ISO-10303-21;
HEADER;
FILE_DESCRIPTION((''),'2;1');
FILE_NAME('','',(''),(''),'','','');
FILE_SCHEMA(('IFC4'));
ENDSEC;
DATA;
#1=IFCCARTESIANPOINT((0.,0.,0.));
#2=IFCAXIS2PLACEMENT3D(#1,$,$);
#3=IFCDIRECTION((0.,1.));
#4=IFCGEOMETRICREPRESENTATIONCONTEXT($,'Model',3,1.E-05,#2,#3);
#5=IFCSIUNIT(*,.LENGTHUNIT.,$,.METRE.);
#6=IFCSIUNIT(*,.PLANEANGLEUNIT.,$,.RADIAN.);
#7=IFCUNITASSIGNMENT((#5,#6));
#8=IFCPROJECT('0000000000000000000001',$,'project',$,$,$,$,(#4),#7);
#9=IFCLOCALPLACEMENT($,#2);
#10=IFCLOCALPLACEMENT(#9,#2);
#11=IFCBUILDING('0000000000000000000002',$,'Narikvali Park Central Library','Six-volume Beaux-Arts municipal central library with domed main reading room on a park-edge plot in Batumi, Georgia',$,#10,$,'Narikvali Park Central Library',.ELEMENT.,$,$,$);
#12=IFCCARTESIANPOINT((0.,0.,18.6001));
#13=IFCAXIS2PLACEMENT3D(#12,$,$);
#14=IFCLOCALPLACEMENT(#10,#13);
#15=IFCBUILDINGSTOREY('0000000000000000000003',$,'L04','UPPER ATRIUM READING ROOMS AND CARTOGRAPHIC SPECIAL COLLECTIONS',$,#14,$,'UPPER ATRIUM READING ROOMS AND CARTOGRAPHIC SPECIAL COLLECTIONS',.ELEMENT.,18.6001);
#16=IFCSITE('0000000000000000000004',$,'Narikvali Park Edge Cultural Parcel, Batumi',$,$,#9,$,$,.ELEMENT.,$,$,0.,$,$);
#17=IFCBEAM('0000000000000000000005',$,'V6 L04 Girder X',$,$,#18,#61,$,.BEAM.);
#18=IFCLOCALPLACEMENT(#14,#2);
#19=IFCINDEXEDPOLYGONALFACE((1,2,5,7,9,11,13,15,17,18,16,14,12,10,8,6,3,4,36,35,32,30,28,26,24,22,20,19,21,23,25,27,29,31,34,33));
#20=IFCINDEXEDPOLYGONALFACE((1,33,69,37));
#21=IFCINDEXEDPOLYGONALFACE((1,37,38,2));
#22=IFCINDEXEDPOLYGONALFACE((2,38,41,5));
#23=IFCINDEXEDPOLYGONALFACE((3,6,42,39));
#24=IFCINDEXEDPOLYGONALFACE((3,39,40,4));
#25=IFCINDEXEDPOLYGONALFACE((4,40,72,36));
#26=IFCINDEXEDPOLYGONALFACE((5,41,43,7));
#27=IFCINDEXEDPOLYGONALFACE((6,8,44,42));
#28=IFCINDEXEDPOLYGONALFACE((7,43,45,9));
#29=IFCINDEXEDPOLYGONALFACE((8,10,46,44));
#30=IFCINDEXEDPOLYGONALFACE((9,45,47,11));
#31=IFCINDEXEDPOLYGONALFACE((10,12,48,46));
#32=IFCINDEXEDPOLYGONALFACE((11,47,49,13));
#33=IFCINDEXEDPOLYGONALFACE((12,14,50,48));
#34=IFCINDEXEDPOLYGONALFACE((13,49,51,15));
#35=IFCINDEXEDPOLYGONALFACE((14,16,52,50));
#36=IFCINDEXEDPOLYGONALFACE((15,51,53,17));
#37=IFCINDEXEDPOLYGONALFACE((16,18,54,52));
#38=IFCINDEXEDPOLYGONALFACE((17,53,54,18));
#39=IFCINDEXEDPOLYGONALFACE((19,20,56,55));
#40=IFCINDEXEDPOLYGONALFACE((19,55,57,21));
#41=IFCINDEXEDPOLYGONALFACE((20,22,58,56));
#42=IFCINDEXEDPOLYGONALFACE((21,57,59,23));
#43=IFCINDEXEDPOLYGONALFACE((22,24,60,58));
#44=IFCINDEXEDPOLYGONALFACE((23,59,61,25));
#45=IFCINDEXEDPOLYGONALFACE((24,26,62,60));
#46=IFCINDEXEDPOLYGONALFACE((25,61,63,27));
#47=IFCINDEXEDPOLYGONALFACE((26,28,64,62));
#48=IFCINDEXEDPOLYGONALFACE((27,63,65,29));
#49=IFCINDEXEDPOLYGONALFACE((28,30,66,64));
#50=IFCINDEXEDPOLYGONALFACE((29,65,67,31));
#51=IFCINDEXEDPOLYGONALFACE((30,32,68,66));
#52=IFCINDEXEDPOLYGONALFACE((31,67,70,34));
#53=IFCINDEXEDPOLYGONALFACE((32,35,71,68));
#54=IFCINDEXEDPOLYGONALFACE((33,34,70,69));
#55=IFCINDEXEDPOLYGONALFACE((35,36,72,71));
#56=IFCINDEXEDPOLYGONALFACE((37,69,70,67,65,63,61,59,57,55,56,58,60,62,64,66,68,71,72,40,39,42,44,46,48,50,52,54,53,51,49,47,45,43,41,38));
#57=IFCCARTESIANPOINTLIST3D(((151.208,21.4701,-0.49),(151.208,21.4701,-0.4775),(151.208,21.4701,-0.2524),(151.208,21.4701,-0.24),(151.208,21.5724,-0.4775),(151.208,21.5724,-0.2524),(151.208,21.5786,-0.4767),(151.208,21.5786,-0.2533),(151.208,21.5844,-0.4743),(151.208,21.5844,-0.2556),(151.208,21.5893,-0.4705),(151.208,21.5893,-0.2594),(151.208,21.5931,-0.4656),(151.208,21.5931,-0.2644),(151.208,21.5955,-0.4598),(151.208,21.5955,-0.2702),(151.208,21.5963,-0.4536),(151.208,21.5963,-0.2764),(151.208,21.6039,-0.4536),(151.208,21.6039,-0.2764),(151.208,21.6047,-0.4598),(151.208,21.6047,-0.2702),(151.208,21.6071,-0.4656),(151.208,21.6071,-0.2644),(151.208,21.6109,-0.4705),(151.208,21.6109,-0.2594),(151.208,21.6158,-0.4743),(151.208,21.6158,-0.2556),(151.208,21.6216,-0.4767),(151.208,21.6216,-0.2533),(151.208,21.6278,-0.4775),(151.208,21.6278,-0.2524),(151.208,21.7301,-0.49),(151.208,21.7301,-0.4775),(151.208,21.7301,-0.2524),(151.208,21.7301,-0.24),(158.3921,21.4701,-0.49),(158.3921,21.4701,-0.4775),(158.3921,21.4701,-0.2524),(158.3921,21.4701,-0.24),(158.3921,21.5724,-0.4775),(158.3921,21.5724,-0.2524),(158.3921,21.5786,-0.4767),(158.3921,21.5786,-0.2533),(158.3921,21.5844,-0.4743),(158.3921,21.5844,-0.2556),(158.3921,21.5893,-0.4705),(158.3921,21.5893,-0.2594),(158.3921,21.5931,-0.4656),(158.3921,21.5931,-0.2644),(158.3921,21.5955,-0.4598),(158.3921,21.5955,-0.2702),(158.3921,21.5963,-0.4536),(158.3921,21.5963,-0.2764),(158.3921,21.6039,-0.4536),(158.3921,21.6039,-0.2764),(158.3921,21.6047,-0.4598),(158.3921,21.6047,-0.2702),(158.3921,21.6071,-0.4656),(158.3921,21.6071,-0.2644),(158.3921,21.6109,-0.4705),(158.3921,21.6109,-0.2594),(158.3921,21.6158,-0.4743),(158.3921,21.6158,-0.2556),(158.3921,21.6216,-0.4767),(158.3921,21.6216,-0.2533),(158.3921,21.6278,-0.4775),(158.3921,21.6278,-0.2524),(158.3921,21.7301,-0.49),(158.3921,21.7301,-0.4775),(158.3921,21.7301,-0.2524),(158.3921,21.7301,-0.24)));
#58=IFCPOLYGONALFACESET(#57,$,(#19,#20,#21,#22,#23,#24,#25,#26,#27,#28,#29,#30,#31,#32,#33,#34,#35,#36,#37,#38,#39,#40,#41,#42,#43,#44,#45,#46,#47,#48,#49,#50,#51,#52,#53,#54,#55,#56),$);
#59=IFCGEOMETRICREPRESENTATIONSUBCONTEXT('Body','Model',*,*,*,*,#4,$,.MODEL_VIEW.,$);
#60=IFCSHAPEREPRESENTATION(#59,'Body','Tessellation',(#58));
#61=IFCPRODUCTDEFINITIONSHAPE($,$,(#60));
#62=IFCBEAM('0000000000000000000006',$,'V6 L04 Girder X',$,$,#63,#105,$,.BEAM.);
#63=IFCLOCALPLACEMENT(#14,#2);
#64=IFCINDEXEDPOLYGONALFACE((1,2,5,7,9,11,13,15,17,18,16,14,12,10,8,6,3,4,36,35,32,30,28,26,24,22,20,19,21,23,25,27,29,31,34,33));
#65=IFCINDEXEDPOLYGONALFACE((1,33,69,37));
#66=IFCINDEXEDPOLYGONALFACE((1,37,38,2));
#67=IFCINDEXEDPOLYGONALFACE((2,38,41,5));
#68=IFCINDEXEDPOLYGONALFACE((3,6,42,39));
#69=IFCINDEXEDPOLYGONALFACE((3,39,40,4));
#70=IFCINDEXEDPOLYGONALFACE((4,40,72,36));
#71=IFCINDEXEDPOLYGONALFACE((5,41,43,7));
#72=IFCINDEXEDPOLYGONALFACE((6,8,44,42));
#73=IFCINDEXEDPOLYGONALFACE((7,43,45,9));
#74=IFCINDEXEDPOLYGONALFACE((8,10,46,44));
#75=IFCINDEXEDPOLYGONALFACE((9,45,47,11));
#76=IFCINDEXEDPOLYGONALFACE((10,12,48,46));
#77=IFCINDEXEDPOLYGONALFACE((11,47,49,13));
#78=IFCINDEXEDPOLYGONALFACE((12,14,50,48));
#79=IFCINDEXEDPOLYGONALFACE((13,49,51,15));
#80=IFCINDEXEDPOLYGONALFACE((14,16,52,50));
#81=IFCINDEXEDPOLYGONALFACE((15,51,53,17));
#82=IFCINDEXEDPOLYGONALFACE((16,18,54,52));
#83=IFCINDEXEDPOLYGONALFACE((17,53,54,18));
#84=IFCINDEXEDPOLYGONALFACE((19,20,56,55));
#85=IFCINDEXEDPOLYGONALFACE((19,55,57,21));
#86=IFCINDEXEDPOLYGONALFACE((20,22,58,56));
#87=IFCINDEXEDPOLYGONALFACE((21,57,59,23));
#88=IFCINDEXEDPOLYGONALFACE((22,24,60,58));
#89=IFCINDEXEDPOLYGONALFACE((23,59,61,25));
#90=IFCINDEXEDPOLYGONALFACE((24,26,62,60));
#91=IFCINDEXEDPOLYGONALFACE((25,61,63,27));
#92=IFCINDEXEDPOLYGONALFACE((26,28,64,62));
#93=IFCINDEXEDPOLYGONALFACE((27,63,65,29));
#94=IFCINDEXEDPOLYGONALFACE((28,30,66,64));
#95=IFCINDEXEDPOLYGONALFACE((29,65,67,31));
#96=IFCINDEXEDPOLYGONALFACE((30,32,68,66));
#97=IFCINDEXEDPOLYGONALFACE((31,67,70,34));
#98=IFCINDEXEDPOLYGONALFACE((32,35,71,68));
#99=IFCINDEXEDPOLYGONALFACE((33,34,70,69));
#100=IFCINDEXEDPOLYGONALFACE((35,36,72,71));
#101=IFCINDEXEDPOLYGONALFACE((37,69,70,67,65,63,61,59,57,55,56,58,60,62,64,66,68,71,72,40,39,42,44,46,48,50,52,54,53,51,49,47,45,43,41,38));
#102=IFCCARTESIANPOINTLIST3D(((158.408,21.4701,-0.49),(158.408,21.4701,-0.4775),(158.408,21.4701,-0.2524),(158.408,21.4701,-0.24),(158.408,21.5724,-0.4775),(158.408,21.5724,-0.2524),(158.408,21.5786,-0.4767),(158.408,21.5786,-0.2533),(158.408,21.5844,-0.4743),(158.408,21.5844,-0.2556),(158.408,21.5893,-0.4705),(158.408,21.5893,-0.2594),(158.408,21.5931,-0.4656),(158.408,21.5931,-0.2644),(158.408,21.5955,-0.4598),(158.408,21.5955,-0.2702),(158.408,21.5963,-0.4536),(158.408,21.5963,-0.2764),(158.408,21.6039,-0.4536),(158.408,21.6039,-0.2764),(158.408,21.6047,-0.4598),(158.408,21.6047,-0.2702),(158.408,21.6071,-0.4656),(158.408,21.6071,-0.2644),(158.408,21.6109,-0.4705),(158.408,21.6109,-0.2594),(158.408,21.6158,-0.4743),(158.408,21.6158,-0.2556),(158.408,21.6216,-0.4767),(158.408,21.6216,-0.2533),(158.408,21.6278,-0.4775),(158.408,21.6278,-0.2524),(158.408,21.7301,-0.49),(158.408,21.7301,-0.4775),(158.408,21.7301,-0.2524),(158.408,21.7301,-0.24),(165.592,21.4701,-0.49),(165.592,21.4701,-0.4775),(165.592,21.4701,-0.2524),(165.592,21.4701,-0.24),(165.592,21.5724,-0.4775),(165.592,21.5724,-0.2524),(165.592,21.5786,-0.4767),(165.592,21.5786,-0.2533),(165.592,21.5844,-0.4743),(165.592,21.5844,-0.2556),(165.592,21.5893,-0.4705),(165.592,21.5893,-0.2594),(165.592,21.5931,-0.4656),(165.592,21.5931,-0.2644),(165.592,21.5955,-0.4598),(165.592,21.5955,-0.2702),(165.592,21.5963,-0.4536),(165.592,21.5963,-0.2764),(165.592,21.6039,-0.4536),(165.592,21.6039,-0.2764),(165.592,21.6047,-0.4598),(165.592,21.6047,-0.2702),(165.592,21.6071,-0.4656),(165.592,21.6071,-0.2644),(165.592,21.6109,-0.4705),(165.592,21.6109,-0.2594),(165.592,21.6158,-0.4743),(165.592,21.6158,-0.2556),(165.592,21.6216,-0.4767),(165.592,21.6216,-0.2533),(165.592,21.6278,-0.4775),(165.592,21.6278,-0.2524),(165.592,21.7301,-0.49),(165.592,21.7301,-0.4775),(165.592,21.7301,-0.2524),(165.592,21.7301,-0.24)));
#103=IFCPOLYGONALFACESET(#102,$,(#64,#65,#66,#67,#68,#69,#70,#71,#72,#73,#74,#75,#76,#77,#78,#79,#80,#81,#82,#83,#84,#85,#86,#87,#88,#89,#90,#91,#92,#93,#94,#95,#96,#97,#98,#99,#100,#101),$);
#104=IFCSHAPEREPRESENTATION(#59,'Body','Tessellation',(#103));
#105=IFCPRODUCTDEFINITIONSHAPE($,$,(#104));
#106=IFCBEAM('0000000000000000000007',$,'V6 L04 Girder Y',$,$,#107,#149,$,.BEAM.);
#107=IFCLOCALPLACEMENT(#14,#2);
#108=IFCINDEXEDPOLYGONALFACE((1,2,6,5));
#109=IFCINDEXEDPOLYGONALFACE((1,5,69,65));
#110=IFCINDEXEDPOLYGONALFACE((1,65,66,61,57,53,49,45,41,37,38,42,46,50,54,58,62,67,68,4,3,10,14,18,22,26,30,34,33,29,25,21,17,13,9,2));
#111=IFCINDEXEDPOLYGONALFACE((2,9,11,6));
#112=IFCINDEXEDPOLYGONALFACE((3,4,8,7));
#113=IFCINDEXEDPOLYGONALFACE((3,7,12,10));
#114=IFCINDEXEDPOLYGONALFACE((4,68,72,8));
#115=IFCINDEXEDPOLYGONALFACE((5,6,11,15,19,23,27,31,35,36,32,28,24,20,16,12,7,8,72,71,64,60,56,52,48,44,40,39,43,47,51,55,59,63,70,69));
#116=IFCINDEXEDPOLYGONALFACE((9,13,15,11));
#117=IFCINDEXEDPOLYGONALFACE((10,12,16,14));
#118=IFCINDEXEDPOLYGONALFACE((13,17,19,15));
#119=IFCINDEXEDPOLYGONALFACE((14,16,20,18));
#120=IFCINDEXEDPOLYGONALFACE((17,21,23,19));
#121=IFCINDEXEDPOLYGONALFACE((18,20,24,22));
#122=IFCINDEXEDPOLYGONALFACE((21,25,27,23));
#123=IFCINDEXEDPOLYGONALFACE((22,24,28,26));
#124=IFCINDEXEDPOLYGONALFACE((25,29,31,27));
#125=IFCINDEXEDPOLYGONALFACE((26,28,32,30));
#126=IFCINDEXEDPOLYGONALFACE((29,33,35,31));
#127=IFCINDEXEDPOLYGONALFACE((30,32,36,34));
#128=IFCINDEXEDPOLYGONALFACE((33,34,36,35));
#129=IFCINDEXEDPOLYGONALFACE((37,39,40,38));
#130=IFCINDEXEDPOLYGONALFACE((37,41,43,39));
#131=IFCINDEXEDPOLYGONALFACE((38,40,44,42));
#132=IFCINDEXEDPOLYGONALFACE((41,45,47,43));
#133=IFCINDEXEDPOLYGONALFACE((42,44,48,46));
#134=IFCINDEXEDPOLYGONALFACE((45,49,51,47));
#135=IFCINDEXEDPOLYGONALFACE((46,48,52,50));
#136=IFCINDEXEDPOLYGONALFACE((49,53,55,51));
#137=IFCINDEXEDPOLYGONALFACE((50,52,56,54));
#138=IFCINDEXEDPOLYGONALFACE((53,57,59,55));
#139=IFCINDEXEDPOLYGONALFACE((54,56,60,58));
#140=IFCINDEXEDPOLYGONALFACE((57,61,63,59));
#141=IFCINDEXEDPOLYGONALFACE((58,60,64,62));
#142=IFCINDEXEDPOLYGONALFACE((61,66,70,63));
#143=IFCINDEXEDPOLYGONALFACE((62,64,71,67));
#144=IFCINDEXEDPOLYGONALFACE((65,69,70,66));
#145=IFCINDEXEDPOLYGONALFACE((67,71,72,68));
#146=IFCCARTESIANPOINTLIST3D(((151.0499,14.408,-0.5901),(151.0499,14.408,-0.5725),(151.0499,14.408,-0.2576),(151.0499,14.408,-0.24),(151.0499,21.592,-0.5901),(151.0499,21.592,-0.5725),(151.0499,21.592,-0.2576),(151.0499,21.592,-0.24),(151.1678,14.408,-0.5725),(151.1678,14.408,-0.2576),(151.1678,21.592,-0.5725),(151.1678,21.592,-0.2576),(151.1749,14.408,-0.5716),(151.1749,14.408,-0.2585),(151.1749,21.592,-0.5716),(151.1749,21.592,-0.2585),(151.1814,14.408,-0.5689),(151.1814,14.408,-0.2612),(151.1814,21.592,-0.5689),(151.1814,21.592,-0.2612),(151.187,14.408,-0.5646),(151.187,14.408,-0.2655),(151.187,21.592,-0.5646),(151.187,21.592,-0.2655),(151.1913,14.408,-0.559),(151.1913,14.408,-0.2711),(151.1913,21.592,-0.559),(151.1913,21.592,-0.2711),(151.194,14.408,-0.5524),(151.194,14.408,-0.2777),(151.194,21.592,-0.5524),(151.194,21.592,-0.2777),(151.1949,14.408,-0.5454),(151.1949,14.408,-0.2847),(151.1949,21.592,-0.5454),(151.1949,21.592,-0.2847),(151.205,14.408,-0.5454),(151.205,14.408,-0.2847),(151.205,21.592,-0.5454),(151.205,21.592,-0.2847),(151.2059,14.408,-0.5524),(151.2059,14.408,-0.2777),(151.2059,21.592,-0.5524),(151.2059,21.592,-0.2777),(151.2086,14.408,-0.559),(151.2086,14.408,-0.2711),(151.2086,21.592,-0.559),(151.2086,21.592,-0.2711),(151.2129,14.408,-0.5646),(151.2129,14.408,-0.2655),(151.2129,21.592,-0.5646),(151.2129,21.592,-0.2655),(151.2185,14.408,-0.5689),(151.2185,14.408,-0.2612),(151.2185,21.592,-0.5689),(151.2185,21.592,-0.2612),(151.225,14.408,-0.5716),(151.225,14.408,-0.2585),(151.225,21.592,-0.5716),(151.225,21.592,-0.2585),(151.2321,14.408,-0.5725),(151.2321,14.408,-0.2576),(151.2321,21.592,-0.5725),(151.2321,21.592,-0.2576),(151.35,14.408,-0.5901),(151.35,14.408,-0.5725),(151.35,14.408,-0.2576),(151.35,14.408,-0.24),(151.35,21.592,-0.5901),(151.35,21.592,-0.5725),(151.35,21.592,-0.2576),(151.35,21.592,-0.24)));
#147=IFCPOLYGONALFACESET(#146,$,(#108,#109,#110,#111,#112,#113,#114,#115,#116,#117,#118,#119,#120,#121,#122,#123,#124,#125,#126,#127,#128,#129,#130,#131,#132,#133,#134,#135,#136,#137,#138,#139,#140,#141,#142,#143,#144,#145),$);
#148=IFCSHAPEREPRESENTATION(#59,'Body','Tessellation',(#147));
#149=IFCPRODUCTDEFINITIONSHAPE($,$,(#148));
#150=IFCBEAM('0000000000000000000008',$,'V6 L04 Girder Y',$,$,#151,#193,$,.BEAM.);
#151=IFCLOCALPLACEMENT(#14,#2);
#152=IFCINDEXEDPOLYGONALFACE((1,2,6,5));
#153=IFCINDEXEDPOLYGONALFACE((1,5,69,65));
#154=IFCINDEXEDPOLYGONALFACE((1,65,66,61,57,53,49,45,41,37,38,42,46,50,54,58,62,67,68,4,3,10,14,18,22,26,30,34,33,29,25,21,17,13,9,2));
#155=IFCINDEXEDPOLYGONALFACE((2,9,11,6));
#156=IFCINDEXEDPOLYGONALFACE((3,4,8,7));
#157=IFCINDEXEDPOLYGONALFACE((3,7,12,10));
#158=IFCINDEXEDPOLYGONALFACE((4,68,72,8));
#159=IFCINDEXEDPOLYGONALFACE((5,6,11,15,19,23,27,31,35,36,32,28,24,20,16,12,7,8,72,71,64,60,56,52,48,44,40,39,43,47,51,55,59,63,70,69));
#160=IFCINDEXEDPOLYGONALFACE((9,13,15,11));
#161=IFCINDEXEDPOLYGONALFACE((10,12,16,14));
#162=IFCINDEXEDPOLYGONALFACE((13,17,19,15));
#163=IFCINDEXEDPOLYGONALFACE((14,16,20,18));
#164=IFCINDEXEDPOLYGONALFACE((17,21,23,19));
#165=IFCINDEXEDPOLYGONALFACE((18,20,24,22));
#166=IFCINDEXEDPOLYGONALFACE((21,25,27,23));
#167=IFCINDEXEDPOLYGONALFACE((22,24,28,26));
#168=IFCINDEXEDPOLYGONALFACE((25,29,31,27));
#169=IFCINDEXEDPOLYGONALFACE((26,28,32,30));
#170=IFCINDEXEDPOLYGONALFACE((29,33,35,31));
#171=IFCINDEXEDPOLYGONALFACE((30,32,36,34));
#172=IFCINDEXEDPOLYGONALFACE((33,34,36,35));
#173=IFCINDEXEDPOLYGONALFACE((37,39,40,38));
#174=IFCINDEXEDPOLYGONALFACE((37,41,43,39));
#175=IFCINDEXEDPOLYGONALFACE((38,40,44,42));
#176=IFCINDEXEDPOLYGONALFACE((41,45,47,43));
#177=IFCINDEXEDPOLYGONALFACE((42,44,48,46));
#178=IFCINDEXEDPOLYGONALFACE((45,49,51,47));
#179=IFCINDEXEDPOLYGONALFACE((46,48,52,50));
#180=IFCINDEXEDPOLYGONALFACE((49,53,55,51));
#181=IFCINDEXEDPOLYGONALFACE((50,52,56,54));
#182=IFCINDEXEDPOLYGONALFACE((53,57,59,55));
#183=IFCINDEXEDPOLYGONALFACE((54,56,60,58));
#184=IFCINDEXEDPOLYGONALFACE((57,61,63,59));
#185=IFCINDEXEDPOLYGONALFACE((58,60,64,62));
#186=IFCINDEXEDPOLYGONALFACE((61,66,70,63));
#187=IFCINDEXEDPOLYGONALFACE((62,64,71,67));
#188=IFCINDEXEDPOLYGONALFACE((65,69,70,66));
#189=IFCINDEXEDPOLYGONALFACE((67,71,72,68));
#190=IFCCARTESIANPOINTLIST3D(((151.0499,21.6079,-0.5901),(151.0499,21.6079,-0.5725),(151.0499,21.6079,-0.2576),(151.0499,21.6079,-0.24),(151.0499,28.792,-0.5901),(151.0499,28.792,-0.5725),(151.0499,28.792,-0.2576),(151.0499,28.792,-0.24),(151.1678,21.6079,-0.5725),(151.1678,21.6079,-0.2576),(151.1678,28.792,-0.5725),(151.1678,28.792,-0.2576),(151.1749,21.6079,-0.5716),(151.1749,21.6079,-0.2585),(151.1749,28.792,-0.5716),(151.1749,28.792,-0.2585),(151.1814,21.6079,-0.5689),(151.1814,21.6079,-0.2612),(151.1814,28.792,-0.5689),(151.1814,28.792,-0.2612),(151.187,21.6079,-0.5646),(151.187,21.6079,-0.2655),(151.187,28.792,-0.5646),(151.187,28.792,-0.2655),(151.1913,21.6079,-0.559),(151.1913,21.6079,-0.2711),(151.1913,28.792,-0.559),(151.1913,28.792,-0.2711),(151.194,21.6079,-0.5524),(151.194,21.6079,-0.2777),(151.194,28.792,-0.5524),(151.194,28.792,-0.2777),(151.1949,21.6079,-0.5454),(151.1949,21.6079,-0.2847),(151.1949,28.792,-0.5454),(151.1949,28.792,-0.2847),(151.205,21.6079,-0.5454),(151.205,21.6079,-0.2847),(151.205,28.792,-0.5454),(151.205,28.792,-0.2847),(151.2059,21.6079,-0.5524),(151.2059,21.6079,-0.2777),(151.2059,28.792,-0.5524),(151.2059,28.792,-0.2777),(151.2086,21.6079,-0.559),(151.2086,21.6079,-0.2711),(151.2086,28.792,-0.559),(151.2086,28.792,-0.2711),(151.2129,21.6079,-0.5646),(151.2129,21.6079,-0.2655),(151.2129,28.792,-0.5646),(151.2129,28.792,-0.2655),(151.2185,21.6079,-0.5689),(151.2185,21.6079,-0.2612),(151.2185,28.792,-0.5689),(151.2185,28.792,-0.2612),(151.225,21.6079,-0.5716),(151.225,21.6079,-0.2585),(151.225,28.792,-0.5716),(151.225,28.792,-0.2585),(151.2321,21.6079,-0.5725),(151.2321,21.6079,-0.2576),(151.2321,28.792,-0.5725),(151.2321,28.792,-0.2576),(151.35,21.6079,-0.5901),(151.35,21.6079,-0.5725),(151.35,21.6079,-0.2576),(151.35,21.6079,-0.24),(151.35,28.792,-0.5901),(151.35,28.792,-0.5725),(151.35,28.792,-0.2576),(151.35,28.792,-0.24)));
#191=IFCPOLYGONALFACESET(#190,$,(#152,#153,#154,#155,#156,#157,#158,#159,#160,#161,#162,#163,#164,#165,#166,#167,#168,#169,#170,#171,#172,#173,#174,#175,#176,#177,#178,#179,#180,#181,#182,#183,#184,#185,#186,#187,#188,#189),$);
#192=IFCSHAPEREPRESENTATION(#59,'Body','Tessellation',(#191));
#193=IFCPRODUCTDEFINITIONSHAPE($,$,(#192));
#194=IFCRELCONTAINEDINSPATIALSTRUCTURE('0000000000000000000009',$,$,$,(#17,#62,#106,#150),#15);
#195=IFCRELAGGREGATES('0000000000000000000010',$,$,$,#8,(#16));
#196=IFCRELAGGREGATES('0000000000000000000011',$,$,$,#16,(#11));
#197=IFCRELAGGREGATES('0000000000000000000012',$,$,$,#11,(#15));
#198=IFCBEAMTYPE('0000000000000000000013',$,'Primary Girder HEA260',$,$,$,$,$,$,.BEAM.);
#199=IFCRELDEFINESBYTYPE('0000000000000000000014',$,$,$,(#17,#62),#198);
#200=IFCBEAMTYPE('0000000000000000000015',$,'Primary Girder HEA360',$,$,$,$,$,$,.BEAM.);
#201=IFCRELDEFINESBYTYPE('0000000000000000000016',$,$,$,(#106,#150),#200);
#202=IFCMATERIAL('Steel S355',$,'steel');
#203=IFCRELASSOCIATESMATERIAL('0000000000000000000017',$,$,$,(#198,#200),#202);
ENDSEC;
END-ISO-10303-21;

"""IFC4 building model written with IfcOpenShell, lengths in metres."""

from ifc_helpers import new_model, si_unit, direction, frame, origin, origin_2d, place, context, subcontext, project, spatial, i_section, extrude, material, material_profile, profile_set, type_object, element, save


model = new_model("IFC4")

# Units and contexts
model_context = context("Model", 3, precision=1e-05, world=origin(), true_north=direction((0.0, 1.0)))
body_context = subcontext(model_context, "Body", "Model", "MODEL_VIEW")
ifc_project = project(units=[si_unit("LENGTHUNIT", "METRE"), si_unit("PLANEANGLEUNIT", "RADIAN")], contexts=[model_context])

# Site, building, storey
site_placement = place(None, origin())
site = spatial("IfcSite", under=ifc_project, at=site_placement, Name="Narikvali Park Edge Cultural Parcel, Batumi", CompositionType="ELEMENT", RefElevation=0.0)
building_placement = place(site_placement, origin())
building = spatial("IfcBuilding", under=site, at=building_placement, Name="Narikvali Park Central Library", Description="Six-volume Beaux-Arts municipal central library with domed main reading room on a park-edge plot in Batumi, Georgia", LongName="Narikvali Park Central Library", CompositionType="ELEMENT")
storey_placement = place(building_placement, frame((0.0, 0.0, 18.6001)))
storey = spatial("IfcBuildingStorey", under=building, at=storey_placement, Name="L04", Description="UPPER ATRIUM READING ROOMS AND CARTOGRAPHIC SPECIAL COLLECTIONS", LongName="UPPER ATRIUM READING ROOMS AND CARTOGRAPHIC SPECIAL COLLECTIONS", CompositionType="ELEMENT", Elevation=18.6001)

# Shared definitions
ifc_material_1 = material(Name="Steel S355", Category="steel")

# Beams
ifc_material_profile_1 = material_profile(ifc_material_1, i_section(OverallWidth=0.26, OverallDepth=0.25, WebThickness=0.0076, FlangeThickness=0.0125, FilletRadius=0.0239, at=origin_2d()), Name="HEA 260")
ifc_profile_set_1 = profile_set([ifc_material_profile_1], Name="Steel S355")
beam_type_1 = type_object("IfcBeamType", Name="Primary Girder HEA260", PredefinedType="BEAM", material=ifc_profile_set_1)
for number, where, z_axis, x_axis, name in (
    (1, (151.208, 21.6001, -0.365), (1.0, 0.0, 0.0), (0.0, 1.0, 0.0), "V6 L04 Girder X"),
    (2, (158.408, 21.6001, -0.365), (1.0, 0.0, 0.0), (0.0, 1.0, 0.0), "V6 L04 Girder X"),
):
    element("IfcBeam", number, at=place(storey_placement, frame(where, z_axis=z_axis, x_axis=x_axis)), inside=storey, type_object=beam_type_1, Name=name, PredefinedType="BEAM", context=body_context, shape_type="SweptSolid", body=[
        extrude(i_section(OverallWidth=0.26, OverallDepth=0.25, WebThickness=0.0076, FlangeThickness=0.0125, FilletRadius=0.0239, at=origin_2d()), origin(), (0.0, 0.0, 1.0), 7.1841),
    ])
ifc_material_profile_2 = material_profile(ifc_material_1, i_section(OverallWidth=0.3, OverallDepth=0.3501, WebThickness=0.01, FlangeThickness=0.0176, FilletRadius=0.0271, at=origin_2d()), Name="HEA 360")
ifc_profile_set_2 = profile_set([ifc_material_profile_2], Name="Steel S355")
beam_type_2 = type_object("IfcBeamType", Name="Primary Girder HEA360", PredefinedType="BEAM", material=ifc_profile_set_2)
for number, where, z_axis, x_axis, name in (
    (3, (151.2, 14.408, -0.415), (0.0, 1.0, 0.0), (-1.0, 0.0, 0.0), "V6 L04 Girder Y"),
    (4, (151.2, 21.6079, -0.415), (0.0, 1.0, 0.0), (-1.0, 0.0, 0.0), "V6 L04 Girder Y"),
):
    element("IfcBeam", number, at=place(storey_placement, frame(where, z_axis=z_axis, x_axis=x_axis)), inside=storey, type_object=beam_type_2, Name=name, PredefinedType="BEAM", context=body_context, shape_type="SweptSolid", body=[
        extrude(i_section(OverallWidth=0.3, OverallDepth=0.3501, WebThickness=0.01, FlangeThickness=0.0176, FilletRadius=0.0271, at=origin_2d()), origin(), (0.0, 0.0, 1.0), 7.1841),
    ])

save(model, "model.ifc")
